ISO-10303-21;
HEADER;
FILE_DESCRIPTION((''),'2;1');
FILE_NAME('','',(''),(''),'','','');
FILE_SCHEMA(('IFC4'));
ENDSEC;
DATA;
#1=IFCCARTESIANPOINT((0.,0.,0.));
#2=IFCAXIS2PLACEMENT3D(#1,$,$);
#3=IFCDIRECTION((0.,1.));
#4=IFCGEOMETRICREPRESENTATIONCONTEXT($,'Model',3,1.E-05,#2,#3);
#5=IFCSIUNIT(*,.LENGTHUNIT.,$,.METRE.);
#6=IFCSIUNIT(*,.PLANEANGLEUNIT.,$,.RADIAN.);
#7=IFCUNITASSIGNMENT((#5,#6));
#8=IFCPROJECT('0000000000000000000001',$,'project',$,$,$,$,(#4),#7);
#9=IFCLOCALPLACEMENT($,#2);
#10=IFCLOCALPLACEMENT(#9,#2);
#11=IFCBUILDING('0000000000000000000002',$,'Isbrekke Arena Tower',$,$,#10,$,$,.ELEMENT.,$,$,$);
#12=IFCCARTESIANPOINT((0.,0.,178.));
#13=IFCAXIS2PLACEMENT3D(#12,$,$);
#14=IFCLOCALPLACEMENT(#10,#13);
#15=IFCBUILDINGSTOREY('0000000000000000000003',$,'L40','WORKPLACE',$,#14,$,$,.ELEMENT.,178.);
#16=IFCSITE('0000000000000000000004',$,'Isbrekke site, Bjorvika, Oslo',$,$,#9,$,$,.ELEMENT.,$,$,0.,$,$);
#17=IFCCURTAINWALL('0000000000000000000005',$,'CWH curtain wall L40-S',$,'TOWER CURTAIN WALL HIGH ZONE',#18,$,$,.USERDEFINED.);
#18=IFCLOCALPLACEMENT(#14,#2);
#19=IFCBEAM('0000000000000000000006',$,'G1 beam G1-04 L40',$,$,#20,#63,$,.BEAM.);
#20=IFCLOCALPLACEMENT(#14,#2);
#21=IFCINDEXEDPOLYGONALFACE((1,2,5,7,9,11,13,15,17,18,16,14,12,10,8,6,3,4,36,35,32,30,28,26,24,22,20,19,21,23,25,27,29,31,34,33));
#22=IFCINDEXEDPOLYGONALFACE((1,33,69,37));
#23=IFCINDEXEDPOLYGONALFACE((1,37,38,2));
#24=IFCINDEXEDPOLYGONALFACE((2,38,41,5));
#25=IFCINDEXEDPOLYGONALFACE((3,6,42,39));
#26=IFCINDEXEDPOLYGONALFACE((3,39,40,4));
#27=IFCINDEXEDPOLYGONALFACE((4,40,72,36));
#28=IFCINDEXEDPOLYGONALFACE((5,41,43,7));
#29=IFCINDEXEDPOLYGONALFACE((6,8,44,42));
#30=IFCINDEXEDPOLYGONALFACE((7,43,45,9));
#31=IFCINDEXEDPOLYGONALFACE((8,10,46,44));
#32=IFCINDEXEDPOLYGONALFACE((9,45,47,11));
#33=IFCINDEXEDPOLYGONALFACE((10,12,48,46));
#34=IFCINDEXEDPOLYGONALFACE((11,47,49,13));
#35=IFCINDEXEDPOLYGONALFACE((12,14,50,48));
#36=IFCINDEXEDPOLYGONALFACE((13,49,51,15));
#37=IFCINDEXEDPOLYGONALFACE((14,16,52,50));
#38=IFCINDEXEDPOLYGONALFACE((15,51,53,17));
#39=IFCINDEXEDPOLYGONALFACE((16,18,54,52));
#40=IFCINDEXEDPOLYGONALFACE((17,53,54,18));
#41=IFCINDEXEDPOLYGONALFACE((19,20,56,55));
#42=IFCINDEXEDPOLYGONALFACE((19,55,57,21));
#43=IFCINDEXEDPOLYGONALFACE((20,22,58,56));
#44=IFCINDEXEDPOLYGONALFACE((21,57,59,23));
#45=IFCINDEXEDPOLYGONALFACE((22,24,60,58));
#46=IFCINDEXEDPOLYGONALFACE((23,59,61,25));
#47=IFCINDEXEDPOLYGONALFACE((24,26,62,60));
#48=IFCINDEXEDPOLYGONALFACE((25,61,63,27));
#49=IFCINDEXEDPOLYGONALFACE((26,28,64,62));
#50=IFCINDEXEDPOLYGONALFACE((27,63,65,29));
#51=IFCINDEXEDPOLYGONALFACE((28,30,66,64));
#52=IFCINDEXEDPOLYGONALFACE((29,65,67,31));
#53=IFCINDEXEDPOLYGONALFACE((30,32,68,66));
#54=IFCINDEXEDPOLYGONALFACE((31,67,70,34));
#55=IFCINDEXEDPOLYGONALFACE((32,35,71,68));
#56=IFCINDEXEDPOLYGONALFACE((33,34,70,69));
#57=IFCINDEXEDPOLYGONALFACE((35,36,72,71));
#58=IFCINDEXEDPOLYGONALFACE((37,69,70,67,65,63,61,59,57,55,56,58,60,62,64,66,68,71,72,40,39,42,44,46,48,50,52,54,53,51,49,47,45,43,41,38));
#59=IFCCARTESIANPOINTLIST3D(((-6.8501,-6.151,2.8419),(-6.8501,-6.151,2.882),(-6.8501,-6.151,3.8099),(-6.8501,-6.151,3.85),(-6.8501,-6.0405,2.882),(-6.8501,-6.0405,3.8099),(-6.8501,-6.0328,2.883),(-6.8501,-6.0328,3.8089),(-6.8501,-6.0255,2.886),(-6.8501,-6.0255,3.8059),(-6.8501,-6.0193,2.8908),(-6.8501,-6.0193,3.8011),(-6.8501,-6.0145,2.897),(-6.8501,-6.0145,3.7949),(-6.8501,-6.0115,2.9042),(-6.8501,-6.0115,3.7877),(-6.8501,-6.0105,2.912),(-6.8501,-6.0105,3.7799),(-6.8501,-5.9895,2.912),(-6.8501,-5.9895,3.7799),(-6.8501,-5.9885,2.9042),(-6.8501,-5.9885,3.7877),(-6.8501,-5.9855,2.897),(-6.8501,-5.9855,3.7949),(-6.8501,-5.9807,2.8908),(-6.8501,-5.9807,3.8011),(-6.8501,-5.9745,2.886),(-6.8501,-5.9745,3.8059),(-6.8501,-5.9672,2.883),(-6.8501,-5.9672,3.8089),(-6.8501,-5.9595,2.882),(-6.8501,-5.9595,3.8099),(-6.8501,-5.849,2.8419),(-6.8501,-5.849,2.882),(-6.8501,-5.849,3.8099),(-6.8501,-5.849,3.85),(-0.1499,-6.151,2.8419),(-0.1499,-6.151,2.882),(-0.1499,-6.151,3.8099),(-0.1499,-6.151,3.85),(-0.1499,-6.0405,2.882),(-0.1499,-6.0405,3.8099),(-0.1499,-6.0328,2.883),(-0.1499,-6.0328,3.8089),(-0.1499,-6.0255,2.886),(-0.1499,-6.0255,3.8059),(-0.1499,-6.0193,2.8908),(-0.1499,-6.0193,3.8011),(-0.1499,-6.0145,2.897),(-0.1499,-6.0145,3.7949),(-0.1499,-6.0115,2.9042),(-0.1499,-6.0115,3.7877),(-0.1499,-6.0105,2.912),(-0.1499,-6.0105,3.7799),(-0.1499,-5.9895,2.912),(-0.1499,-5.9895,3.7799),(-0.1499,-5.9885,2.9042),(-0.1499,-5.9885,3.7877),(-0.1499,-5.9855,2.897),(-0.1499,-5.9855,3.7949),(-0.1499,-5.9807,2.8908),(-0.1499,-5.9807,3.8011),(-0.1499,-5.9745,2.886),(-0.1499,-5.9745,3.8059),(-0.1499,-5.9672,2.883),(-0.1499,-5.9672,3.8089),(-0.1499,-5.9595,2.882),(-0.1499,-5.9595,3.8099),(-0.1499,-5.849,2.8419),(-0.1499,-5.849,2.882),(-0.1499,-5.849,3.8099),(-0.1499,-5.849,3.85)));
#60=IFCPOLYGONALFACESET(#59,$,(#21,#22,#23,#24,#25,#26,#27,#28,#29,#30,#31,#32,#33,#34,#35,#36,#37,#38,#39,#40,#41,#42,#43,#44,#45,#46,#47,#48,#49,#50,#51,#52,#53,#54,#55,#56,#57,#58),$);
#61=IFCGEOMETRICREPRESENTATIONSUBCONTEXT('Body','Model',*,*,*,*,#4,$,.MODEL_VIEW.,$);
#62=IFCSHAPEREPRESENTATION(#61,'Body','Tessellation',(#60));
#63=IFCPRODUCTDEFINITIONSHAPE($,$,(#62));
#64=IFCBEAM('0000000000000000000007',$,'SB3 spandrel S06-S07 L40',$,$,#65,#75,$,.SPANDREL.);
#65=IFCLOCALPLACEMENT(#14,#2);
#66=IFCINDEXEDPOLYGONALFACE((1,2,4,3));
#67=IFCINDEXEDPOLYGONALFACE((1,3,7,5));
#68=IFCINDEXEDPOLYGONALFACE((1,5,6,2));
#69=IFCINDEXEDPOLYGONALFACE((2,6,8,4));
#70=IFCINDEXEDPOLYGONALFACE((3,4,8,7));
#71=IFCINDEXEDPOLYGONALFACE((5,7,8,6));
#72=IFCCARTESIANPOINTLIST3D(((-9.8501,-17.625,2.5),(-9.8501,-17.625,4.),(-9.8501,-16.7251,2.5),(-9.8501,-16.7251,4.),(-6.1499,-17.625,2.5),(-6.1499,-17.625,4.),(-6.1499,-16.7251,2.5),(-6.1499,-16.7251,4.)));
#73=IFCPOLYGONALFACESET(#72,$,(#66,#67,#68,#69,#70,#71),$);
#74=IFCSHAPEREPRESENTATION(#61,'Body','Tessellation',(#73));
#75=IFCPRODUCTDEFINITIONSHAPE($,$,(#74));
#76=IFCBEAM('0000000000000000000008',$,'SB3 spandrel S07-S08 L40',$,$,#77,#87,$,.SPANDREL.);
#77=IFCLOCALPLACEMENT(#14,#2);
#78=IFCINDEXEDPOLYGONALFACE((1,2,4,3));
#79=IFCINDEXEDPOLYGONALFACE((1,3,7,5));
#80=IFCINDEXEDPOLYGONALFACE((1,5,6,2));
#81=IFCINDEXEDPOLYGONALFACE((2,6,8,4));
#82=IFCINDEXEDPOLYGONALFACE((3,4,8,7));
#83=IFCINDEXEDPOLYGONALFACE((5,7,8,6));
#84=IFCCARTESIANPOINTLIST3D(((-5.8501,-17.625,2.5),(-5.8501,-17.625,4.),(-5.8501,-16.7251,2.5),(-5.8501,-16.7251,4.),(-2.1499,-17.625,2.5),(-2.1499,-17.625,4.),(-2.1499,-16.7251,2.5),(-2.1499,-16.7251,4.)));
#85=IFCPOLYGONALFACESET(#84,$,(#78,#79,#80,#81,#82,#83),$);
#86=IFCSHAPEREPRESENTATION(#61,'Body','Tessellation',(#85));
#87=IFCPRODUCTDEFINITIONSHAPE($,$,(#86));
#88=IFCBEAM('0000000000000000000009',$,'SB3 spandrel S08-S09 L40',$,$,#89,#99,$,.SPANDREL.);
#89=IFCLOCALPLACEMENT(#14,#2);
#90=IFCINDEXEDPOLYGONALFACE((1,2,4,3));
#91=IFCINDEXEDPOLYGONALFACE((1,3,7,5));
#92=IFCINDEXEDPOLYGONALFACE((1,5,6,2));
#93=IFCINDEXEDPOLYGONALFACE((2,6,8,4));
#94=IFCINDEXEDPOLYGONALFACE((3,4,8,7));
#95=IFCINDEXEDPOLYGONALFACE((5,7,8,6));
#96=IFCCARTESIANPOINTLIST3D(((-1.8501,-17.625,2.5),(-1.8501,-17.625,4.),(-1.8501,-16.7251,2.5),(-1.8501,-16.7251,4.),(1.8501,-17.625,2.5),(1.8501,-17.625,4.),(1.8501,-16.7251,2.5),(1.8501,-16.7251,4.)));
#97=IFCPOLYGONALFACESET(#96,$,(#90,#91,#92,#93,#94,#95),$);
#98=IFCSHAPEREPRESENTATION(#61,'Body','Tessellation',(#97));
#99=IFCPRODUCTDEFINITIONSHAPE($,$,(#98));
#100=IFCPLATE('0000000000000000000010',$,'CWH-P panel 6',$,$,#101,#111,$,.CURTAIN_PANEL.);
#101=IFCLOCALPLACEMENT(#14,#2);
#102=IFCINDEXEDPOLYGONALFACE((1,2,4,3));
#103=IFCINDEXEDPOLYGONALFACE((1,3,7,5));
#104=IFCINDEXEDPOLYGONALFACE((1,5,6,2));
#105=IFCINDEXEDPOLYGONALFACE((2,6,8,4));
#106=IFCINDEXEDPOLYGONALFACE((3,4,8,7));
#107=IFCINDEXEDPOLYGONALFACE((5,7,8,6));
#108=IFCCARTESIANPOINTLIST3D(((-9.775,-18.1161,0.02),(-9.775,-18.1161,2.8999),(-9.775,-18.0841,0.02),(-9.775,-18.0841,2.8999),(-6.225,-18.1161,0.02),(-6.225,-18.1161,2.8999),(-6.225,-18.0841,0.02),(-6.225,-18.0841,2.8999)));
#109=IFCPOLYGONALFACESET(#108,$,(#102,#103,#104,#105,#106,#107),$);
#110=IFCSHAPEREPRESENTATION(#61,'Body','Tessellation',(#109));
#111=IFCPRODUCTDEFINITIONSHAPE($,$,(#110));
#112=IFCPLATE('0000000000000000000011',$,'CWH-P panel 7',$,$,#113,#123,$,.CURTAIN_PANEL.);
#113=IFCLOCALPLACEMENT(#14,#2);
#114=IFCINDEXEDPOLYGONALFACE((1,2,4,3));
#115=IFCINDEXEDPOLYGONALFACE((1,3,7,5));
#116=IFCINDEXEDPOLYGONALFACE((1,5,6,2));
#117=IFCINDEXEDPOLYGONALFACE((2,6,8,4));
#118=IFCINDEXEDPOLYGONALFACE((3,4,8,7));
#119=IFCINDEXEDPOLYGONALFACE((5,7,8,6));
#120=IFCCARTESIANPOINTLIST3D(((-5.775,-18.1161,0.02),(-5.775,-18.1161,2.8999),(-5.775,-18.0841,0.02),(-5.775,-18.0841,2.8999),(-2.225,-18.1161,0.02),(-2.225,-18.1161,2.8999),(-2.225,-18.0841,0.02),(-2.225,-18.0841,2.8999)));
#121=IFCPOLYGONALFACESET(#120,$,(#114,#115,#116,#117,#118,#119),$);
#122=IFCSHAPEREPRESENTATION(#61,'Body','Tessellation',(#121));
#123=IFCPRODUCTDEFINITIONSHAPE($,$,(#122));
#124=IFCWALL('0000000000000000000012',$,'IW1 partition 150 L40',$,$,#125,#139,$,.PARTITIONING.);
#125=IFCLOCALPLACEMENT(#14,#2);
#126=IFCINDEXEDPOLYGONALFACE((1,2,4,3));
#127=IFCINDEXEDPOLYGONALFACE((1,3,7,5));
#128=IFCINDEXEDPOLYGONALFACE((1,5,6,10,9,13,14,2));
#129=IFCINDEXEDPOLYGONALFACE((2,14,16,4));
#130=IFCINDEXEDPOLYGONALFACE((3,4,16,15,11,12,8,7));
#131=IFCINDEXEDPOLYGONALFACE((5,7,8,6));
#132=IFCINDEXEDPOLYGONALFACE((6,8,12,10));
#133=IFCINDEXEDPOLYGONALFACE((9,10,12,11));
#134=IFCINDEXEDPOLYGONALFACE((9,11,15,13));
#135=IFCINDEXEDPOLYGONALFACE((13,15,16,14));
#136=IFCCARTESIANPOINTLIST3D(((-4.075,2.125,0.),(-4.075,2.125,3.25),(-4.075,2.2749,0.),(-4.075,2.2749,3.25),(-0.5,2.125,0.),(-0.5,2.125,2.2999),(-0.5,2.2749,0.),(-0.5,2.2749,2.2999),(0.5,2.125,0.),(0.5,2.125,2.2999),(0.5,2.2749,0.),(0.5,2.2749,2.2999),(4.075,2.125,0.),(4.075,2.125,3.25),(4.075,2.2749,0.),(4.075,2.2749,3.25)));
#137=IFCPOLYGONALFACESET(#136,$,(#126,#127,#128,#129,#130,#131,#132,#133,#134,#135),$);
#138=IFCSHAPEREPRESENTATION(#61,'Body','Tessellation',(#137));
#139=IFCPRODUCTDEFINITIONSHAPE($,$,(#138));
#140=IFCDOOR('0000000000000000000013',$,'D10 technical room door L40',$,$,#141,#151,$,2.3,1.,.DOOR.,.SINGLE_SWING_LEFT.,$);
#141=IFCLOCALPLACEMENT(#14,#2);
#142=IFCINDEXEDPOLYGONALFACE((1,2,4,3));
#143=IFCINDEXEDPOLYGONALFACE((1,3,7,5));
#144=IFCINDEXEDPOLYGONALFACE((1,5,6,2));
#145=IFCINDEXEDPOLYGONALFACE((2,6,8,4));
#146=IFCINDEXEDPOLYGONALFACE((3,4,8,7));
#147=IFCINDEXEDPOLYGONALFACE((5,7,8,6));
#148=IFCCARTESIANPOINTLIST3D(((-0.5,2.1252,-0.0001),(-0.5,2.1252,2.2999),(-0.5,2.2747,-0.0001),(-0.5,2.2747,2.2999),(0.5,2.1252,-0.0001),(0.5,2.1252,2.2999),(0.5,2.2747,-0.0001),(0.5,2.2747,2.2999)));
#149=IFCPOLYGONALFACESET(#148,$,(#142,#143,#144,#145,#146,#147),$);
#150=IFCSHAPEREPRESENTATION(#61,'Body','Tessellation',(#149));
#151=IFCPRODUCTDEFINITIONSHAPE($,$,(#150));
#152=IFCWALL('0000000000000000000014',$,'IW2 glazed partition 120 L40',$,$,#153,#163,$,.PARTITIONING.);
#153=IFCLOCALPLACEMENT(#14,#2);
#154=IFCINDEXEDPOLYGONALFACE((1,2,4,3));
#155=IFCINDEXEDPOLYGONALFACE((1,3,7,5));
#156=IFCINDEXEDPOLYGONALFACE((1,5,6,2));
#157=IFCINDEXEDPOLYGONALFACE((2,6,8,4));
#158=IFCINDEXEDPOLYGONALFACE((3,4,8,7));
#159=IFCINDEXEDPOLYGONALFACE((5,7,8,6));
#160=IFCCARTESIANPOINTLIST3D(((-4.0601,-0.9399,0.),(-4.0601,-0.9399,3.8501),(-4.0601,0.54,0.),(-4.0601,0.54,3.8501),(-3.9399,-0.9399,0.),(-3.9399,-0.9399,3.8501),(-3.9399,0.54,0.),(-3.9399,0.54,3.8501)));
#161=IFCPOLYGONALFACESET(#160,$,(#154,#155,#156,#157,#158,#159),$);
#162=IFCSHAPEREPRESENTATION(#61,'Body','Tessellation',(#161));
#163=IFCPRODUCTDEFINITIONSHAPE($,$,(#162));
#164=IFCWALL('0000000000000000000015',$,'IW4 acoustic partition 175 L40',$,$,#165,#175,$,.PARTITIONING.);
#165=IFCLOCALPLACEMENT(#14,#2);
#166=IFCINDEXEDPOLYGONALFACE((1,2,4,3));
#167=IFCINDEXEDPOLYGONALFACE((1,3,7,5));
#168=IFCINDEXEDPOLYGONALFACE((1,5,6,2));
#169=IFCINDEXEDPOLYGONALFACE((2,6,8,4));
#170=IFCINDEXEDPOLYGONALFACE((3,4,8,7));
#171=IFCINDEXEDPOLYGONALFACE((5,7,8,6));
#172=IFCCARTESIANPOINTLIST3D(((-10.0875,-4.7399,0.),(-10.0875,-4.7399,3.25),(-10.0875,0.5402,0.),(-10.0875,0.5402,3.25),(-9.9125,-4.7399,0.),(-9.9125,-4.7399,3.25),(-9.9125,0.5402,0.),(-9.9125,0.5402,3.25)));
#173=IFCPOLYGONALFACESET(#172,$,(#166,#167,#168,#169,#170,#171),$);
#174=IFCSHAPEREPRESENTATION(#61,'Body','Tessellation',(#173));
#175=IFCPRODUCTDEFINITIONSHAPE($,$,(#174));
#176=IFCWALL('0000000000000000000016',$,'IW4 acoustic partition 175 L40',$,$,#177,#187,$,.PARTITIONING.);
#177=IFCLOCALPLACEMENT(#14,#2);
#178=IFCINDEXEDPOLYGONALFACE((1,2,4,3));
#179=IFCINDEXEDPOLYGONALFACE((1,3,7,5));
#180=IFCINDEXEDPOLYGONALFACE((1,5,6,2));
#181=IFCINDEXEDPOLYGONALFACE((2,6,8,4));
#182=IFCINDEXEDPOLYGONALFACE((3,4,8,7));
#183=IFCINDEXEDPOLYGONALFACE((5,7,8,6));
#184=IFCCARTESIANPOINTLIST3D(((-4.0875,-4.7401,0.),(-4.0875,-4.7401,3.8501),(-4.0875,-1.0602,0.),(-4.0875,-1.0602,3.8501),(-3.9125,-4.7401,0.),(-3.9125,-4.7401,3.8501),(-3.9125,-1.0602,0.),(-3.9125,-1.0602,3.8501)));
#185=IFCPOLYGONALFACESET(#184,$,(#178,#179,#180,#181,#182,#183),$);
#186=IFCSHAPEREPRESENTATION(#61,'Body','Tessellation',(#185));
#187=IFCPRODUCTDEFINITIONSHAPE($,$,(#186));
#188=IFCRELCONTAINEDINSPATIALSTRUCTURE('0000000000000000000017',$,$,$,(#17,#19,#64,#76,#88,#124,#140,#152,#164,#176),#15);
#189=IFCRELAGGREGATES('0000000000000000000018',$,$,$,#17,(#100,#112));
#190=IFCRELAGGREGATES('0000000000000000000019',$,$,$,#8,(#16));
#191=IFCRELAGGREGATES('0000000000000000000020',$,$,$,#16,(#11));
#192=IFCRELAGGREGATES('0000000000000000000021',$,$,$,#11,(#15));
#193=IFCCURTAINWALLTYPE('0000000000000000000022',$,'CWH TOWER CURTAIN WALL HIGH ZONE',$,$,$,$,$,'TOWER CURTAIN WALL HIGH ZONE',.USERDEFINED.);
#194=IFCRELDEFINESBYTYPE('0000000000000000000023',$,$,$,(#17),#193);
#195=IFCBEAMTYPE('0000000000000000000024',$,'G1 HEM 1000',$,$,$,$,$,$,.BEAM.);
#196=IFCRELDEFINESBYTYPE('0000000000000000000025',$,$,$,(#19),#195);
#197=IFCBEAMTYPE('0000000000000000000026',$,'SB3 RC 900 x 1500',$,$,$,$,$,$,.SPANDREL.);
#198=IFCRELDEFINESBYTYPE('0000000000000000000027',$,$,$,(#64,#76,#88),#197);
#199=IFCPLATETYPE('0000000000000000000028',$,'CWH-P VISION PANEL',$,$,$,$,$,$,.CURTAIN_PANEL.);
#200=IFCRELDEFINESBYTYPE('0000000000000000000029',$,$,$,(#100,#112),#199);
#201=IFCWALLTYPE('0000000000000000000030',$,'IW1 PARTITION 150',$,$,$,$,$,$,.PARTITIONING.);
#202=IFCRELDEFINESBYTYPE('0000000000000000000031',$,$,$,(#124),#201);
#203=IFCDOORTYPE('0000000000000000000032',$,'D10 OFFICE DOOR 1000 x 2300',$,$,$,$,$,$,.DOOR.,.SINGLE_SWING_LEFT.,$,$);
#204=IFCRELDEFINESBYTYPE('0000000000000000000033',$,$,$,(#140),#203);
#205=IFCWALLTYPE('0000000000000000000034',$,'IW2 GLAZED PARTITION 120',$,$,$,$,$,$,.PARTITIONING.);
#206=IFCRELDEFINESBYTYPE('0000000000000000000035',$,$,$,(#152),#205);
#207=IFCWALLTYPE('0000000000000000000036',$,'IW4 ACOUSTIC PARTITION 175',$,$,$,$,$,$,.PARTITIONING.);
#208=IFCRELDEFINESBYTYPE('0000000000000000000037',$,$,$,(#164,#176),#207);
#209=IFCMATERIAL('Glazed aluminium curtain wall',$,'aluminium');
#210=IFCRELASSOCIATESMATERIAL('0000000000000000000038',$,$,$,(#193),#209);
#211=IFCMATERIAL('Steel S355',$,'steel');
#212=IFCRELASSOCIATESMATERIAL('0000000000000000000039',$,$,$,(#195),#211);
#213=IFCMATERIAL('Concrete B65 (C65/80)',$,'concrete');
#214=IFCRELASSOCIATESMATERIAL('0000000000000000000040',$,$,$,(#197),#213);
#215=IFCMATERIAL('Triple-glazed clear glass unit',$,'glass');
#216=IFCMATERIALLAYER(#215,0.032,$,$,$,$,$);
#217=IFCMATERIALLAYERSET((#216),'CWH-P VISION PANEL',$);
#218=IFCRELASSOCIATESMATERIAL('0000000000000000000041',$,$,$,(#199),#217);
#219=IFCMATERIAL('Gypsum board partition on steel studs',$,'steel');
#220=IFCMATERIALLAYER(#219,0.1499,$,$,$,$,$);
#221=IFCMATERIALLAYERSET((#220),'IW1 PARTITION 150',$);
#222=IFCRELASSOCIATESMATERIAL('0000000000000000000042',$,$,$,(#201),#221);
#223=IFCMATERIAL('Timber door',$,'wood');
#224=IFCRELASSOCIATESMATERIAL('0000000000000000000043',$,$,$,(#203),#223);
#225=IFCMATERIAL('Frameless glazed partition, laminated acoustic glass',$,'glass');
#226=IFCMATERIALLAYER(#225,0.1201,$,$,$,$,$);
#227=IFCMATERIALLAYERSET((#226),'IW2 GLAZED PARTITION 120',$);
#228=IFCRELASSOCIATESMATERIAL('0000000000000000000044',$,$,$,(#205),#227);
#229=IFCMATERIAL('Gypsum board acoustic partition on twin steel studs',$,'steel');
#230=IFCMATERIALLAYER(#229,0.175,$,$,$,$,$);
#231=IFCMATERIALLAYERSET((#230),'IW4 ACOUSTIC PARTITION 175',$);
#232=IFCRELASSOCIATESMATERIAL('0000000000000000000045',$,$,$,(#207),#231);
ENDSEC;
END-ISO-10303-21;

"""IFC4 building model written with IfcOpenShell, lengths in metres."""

from ifc_helpers import new_model, si_unit, direction, frame, frame_2d, origin, origin_2d, place, context, subcontext, project, spatial, rectangle, i_section, extrude, material, layer, layer_set, material_profile, profile_set, type_object, element, fill, aggregate, save


model = new_model("IFC4")

# Units and contexts
model_context = context("Model", 3, precision=1e-05, world=origin(), true_north=direction((0.0, 1.0)))
body_context = subcontext(model_context, "Body", "Model", "MODEL_VIEW")
ifc_project = project(units=[si_unit("LENGTHUNIT", "METRE"), si_unit("PLANEANGLEUNIT", "RADIAN")], contexts=[model_context])

# Site, building, storey
site_placement = place(None, origin())
site = spatial("IfcSite", under=ifc_project, at=site_placement, Name="Isbrekke site, Bjorvika, Oslo", CompositionType="ELEMENT", RefElevation=0.0)
building_placement = place(site_placement, origin())
building = spatial("IfcBuilding", under=site, at=building_placement, Name="Isbrekke Arena Tower", CompositionType="ELEMENT")
storey_placement = place(building_placement, frame((0.0, 0.0, 178.0)))
storey = spatial("IfcBuildingStorey", under=building, at=storey_placement, Name="L40", Description="WORKPLACE", CompositionType="ELEMENT", Elevation=178.0)

# Curtain wall
ifc_material_1 = material(Name="Glazed aluminium curtain wall", Category="aluminium")
curtain_wall_type = type_object("IfcCurtainWallType", Name="CWH TOWER CURTAIN WALL HIGH ZONE", ElementType="TOWER CURTAIN WALL HIGH ZONE", PredefinedType="USERDEFINED", material=ifc_material_1)
curtain_wall_placement = place(storey_placement, origin())
curtain_wall = element("IfcCurtainWall", 1, at=curtain_wall_placement, inside=storey, type_object=curtain_wall_type, Name="CWH curtain wall L40-S", ObjectType="TOWER CURTAIN WALL HIGH ZONE", PredefinedType="USERDEFINED")

# Beams
ifc_material_2 = material(Name="Steel S355", Category="steel")
ifc_material_profile_1 = material_profile(ifc_material_2, i_section(OverallWidth=0.302, OverallDepth=1.0081, WebThickness=0.021, FlangeThickness=0.04, FilletRadius=0.03, at=origin_2d()), Name="HEM 1000")
ifc_profile_set_1 = profile_set([ifc_material_profile_1], Name="Steel S355")
beam_type_1 = type_object("IfcBeamType", Name="G1 HEM 1000", PredefinedType="BEAM", material=ifc_profile_set_1)
beam_1_placement = place(storey_placement, frame((-6.8501, -6.0, 3.3459), z_axis=(1.0, 0.0, 0.0), x_axis=(0.0, 1.0, 0.0)))
element("IfcBeam", 2, at=beam_1_placement, inside=storey, type_object=beam_type_1, Name="G1 beam G1-04 L40", PredefinedType="BEAM", context=body_context, shape_type="SweptSolid", body=[
    extrude(i_section(OverallWidth=0.302, OverallDepth=1.0081, WebThickness=0.021, FlangeThickness=0.04, FilletRadius=0.03, at=origin_2d()), origin(), (0.0, 0.0, 1.0), 6.7002),
])
ifc_material_3 = material(Name="Concrete B65 (C65/80)", Category="concrete")
ifc_material_profile_2 = material_profile(ifc_material_3, rectangle(XDim=0.8999, YDim=1.5, at=origin_2d()), Name="RC 900x1500")
ifc_profile_set_2 = profile_set([ifc_material_profile_2], Name="Concrete B65 (C65/80)")
beam_type_2 = type_object("IfcBeamType", Name="SB3 RC 900 x 1500", PredefinedType="SPANDREL", material=ifc_profile_set_2)
for number, where, z_axis, x_axis, name in (
    (3, (-9.8501, -17.175, 3.25), (1.0, 0.0, 0.0), (0.0, 1.0, 0.0), "SB3 spandrel S06-S07 L40"),
    (4, (-5.8501, -17.175, 3.25), (1.0, 0.0, 0.0), (0.0, 1.0, 0.0), "SB3 spandrel S07-S08 L40"),
    (5, (-1.8501, -17.175, 3.25), (1.0, 0.0, 0.0), (0.0, 1.0, 0.0), "SB3 spandrel S08-S09 L40"),
):
    element("IfcBeam", number, at=place(storey_placement, frame(where, z_axis=z_axis, x_axis=x_axis)), inside=storey, type_object=beam_type_2, Name=name, PredefinedType="SPANDREL", context=body_context, shape_type="SweptSolid", body=[
        extrude(rectangle(XDim=0.8999, YDim=1.5, at=origin_2d()), origin(), (0.0, 0.0, 1.0), 3.7002),
    ])

# Plates
ifc_material_4 = material(Name="Triple-glazed clear glass unit", Category="glass")
ifc_layer_1 = layer(ifc_material_4, 0.032)
ifc_layer_set_1 = layer_set([ifc_layer_1], Name="CWH-P VISION PANEL")
plate_type = type_object("IfcPlateType", Name="CWH-P VISION PANEL", PredefinedType="CURTAIN_PANEL", material=ifc_layer_set_1)
plate_1_placement = place(storey_placement, frame((-8.0, -18.1001, 0.02), z_axis=(0.0, 0.0, 1.0), x_axis=(1.0, 0.0, 0.0)))
plate_1 = element("IfcPlate", 6, at=plate_1_placement, type_object=plate_type, Name="CWH-P panel 6", PredefinedType="CURTAIN_PANEL", context=body_context, shape_type="SweptSolid", body=[
    extrude(rectangle(XDim=3.55, YDim=0.032, at=origin_2d()), origin(), (0.0, 0.0, 1.0), 2.8799),
])
plate_2_placement = place(storey_placement, frame((-4.0, -18.1001, 0.02), z_axis=(0.0, 0.0, 1.0), x_axis=(1.0, 0.0, 0.0)))
plate_2 = element("IfcPlate", 7, at=plate_2_placement, type_object=plate_type, Name="CWH-P panel 7", PredefinedType="CURTAIN_PANEL", context=body_context, shape_type="SweptSolid", body=[
    extrude(rectangle(XDim=3.55, YDim=0.032, at=origin_2d()), origin(), (0.0, 0.0, 1.0), 2.8799),
])
aggregate(curtain_wall, [plate_1, plate_2])

# Wall, opening, door
ifc_material_5 = material(Name="Gypsum board partition on steel studs", Category="steel")
ifc_layer_2 = layer(ifc_material_5, 0.1499)
ifc_layer_set_2 = layer_set([ifc_layer_2], Name="IW1 PARTITION 150")
wall_type_1 = type_object("IfcWallType", Name="IW1 PARTITION 150", PredefinedType="PARTITIONING", material=ifc_layer_set_2)
wall_1_placement = place(storey_placement, frame((-4.075, 2.2, 0.0), z_axis=(0.0, 0.0, 1.0), x_axis=(1.0, 0.0, 0.0)))
wall_1 = element("IfcWall", 8, at=wall_1_placement, inside=storey, type_object=wall_type_1, Name="IW1 partition 150 L40", PredefinedType="PARTITIONING", context=body_context, shape_type="SweptSolid", body=[
    extrude(rectangle(XDim=8.1499, YDim=0.1499, at=frame_2d((4.075, 0.0))), origin(), (0.0, 0.0, 1.0), 3.25),
])
opening_1_placement = place(wall_1_placement, frame((3.575, 0.0, 0.0)))
opening_1 = element("IfcOpeningElement", 9, at=opening_1_placement, cuts=wall_1, PredefinedType="OPENING", context=body_context, shape_type="SweptSolid", body=[
    extrude(rectangle(XDim=1.0, YDim=2.3, at=frame_2d((0.5, 1.1499))), frame((0.0, 0.0898, 0.0), z_axis=(0.0, -1.0, 0.0), x_axis=(1.0, 0.0, 0.0)), (0.0, 0.0, 1.0), 0.1797),
])
ifc_material_6 = material(Name="Timber door", Category="wood")
door_type_1 = type_object("IfcDoorType", Name="D10 OFFICE DOOR 1000 x 2300", OperationType="SINGLE_SWING_LEFT", PredefinedType="DOOR", material=ifc_material_6)
door_1_placement = place(opening_1_placement, origin())
door_1 = element("IfcDoor", 10, at=door_1_placement, inside=storey, type_object=door_type_1, Name="D10 technical room door L40", OperationType="SINGLE_SWING_LEFT", OverallHeight=2.3, OverallWidth=1.0, PredefinedType="DOOR", context=body_context, shape_type="SweptSolid", body=[
    extrude(rectangle(XDim=1.0, YDim=2.3, at=frame_2d((0.5, 1.1499))), frame((0.0, 0.0747, 0.0), z_axis=(0.0, -1.0, 0.0), x_axis=(1.0, 0.0, 0.0)), (0.0, 0.0, 1.0), 0.1494),
])
fill(opening_1, door_1)

# Shared definitions
ifc_material_7 = material(Name="Frameless glazed partition, laminated acoustic glass", Category="glass")
ifc_layer_3 = layer(ifc_material_7, 0.1201)
ifc_layer_set_3 = layer_set([ifc_layer_3], Name="IW2 GLAZED PARTITION 120")
wall_type_2 = type_object("IfcWallType", Name="IW2 GLAZED PARTITION 120", PredefinedType="PARTITIONING", material=ifc_layer_set_3)

# Walls
wall_2_placement = place(storey_placement, frame((-4.0, -0.9399, 0.0), z_axis=(0.0, 0.0, 1.0), x_axis=(0.0, 1.0, 0.0)))
element("IfcWall", 11, at=wall_2_placement, inside=storey, type_object=wall_type_2, Name="IW2 glazed partition 120 L40", PredefinedType="PARTITIONING", context=body_context, shape_type="SweptSolid", body=[
    extrude(rectangle(XDim=1.48, YDim=0.1201, at=frame_2d((0.74, 0.0))), origin(), (0.0, 0.0, 1.0), 3.8501),
])
ifc_material_8 = material(Name="Gypsum board acoustic partition on twin steel studs", Category="steel")
ifc_layer_4 = layer(ifc_material_8, 0.175)
ifc_layer_set_4 = layer_set([ifc_layer_4], Name="IW4 ACOUSTIC PARTITION 175")
wall_type_3 = type_object("IfcWallType", Name="IW4 ACOUSTIC PARTITION 175", PredefinedType="PARTITIONING", material=ifc_layer_set_4)
wall_3_placement = place(storey_placement, frame((-10.0, -4.74, 0.0), z_axis=(0.0, 0.0, 1.0), x_axis=(0.0, 1.0, 0.0)))
element("IfcWall", 12, at=wall_3_placement, inside=storey, type_object=wall_type_3, Name="IW4 acoustic partition 175 L40", PredefinedType="PARTITIONING", context=body_context, shape_type="SweptSolid", body=[
    extrude(rectangle(XDim=5.28, YDim=0.175, at=frame_2d((2.6401, 0.0))), origin(), (0.0, 0.0, 1.0), 3.25),
])
wall_4_placement = place(storey_placement, frame((-4.0, -4.74, 0.0), z_axis=(0.0, 0.0, 1.0), x_axis=(0.0, 1.0, 0.0)))
element("IfcWall", 13, at=wall_4_placement, inside=storey, type_object=wall_type_3, Name="IW4 acoustic partition 175 L40", PredefinedType="PARTITIONING", context=body_context, shape_type="SweptSolid", body=[
    extrude(rectangle(XDim=3.6799, YDim=0.175, at=frame_2d((1.8398, 0.0))), origin(), (0.0, 0.0, 1.0), 3.8501),
])

save(model, "model.ifc")
